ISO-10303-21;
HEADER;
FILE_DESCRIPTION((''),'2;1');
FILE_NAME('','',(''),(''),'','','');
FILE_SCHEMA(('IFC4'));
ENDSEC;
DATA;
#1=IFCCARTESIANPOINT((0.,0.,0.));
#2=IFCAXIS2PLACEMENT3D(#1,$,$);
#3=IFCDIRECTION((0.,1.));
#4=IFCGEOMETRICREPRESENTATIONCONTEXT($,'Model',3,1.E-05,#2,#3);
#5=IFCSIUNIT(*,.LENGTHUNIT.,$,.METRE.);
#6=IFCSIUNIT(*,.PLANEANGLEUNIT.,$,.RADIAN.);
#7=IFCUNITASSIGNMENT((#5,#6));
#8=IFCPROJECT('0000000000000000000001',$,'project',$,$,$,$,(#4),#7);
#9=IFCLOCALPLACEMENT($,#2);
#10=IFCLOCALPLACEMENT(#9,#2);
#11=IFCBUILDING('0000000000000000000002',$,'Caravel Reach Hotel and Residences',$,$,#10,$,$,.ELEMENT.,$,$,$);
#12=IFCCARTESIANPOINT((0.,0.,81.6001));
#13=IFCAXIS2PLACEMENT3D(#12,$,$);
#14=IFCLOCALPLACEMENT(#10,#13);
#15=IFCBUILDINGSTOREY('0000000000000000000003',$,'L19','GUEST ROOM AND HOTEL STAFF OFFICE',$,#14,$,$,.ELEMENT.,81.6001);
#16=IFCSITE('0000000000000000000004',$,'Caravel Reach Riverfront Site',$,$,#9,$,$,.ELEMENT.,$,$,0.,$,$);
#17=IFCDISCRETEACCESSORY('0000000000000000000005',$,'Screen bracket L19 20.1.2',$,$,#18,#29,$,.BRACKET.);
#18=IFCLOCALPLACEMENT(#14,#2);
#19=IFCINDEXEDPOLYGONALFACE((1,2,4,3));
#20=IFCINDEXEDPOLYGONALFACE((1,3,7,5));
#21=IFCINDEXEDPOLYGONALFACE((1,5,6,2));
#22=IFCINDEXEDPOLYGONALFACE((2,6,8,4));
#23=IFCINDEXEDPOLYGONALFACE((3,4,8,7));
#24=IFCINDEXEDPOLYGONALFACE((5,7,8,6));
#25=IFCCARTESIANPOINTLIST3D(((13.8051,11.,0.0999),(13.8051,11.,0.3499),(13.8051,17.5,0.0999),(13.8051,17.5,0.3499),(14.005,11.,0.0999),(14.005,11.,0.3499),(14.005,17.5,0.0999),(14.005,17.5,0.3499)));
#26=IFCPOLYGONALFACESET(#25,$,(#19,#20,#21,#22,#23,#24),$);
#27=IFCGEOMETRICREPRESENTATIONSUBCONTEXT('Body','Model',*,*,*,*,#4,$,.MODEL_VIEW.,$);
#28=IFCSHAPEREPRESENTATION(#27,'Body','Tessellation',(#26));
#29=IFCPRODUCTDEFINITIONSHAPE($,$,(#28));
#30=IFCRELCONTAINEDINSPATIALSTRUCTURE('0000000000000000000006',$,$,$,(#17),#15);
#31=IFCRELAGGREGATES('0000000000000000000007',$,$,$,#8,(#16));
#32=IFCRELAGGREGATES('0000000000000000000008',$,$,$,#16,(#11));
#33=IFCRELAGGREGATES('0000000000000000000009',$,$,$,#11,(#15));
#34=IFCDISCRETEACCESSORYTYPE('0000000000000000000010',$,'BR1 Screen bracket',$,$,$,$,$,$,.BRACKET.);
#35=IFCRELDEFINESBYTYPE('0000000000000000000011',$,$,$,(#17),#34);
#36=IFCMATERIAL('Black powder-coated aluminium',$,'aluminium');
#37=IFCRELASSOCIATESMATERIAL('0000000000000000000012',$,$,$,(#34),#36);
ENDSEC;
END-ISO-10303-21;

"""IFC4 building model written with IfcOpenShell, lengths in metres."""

from ifc_helpers import new_model, si_unit, direction, frame, origin, origin_2d, place, context, subcontext, project, spatial, rectangle, extrude, material, type_object, element, save


model = new_model("IFC4")

# Units and contexts
model_context = context("Model", 3, precision=1e-05, world=origin(), true_north=direction((0.0, 1.0)))
body_context = subcontext(model_context, "Body", "Model", "MODEL_VIEW")
ifc_project = project(units=[si_unit("LENGTHUNIT", "METRE"), si_unit("PLANEANGLEUNIT", "RADIAN")], contexts=[model_context])

# Site, building, storey
site_placement = place(None, origin())
site = spatial("IfcSite", under=ifc_project, at=site_placement, Name="Caravel Reach Riverfront Site", CompositionType="ELEMENT", RefElevation=0.0)
building_placement = place(site_placement, origin())
building = spatial("IfcBuilding", under=site, at=building_placement, Name="Caravel Reach Hotel and Residences", CompositionType="ELEMENT")
storey_placement = place(building_placement, frame((0.0, 0.0, 81.6001)))
storey = spatial("IfcBuildingStorey", under=building, at=storey_placement, Name="L19", Description="GUEST ROOM AND HOTEL STAFF OFFICE", CompositionType="ELEMENT", Elevation=81.6001)

# Discrete accessory
ifc_material_1 = material(Name="Black powder-coated aluminium", Category="aluminium")
discrete_accessory_type = type_object("IfcDiscreteAccessoryType", Name="BR1 Screen bracket", PredefinedType="BRACKET", material=ifc_material_1)
discrete_accessory_1_placement = place(storey_placement, frame((13.905, 14.25, 0.0999), z_axis=(0.0, 0.0, 1.0), x_axis=(0.0, -1.0, 0.0)))
element("IfcDiscreteAccessory", 1, at=discrete_accessory_1_placement, inside=storey, type_object=discrete_accessory_type, Name="Screen bracket L19 20.1.2", PredefinedType="BRACKET", context=body_context, shape_type="SweptSolid", body=[
    extrude(rectangle(XDim=6.5, YDim=0.2, at=origin_2d()), origin(), (0.0, 0.0, 1.0), 0.25),
])

save(model, "model.ifc")
